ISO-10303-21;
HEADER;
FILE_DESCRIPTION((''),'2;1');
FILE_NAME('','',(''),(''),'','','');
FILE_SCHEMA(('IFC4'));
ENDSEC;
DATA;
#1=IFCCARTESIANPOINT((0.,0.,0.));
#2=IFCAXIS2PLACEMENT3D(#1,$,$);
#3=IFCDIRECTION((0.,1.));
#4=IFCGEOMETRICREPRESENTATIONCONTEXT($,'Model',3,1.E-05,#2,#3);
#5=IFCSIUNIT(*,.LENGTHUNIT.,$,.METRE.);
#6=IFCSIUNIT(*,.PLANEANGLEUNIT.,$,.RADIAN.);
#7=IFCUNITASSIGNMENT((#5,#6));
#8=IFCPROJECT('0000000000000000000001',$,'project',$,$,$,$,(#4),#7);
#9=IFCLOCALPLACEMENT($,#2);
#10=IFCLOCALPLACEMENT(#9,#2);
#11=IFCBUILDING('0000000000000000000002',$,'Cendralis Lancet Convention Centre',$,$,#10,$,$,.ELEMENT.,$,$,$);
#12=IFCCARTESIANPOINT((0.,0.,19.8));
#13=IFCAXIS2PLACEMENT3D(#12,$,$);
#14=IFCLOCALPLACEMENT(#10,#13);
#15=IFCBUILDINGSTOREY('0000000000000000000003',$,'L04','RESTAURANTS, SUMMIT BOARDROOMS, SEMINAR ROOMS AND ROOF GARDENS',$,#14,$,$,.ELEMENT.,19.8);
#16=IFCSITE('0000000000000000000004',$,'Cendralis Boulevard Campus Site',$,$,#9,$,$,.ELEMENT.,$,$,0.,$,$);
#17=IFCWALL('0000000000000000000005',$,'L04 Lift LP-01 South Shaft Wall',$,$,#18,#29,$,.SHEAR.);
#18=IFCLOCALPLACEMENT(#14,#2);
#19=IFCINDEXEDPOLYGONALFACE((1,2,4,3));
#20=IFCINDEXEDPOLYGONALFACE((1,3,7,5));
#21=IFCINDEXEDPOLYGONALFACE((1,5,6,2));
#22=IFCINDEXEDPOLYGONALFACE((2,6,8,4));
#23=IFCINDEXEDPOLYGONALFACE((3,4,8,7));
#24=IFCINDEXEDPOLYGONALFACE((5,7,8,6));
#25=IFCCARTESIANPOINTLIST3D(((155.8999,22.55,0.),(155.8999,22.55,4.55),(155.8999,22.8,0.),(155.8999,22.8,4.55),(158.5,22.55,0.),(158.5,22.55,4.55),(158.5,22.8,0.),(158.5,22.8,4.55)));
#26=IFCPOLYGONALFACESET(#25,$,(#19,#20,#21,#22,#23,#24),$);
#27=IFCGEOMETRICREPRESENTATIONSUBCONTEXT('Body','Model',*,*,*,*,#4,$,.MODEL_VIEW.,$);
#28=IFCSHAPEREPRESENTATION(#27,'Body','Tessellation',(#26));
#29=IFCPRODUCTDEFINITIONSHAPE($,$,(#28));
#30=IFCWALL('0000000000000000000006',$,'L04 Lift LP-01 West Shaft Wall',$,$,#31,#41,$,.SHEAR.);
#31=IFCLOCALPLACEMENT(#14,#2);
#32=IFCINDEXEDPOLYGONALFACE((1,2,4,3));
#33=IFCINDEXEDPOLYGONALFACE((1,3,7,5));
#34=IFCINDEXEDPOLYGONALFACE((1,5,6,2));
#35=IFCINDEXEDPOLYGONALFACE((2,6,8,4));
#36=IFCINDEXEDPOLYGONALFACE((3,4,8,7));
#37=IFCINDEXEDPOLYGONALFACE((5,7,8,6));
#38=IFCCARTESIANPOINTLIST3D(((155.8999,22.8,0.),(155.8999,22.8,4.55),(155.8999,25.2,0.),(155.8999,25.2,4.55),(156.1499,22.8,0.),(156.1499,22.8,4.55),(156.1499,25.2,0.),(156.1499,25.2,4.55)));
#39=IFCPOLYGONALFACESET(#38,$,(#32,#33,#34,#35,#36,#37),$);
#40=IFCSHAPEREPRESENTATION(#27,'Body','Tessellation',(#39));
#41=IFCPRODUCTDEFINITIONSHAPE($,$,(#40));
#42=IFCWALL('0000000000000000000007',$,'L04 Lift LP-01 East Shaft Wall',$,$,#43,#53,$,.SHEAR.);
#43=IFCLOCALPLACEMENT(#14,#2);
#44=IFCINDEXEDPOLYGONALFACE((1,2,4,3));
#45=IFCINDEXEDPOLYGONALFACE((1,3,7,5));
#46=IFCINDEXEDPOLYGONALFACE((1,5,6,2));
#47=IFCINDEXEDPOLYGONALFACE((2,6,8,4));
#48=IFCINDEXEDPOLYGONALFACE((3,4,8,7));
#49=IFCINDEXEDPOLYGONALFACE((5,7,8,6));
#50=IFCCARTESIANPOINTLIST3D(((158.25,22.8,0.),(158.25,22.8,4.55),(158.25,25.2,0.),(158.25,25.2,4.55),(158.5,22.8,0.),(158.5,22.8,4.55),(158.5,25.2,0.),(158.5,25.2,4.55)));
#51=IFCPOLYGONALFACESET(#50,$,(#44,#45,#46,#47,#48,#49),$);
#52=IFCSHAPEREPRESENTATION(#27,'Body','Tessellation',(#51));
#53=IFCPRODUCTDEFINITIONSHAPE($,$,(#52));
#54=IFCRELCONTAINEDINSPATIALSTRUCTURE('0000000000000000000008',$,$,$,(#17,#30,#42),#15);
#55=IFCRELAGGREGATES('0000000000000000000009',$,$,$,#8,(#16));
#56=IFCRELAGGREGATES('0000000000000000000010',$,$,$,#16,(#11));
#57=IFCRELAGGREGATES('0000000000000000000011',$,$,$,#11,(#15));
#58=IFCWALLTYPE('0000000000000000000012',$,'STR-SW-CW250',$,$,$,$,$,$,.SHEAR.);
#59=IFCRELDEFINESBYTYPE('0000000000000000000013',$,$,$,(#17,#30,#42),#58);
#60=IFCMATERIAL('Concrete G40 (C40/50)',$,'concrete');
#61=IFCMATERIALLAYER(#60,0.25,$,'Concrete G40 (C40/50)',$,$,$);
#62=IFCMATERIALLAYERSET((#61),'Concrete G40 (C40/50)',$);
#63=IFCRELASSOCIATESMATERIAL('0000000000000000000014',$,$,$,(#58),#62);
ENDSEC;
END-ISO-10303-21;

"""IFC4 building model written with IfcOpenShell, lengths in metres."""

from ifc_helpers import new_model, si_unit, direction, frame, frame_2d, origin, place, context, subcontext, project, spatial, rectangle, extrude, material, layer, layer_set, type_object, element, save


model = new_model("IFC4")

# Units and contexts
model_context = context("Model", 3, precision=1e-05, world=origin(), true_north=direction((0.0, 1.0)))
body_context = subcontext(model_context, "Body", "Model", "MODEL_VIEW")
ifc_project = project(units=[si_unit("LENGTHUNIT", "METRE"), si_unit("PLANEANGLEUNIT", "RADIAN")], contexts=[model_context])

# Site, building, storey
site_placement = place(None, origin())
site = spatial("IfcSite", under=ifc_project, at=site_placement, Name="Cendralis Boulevard Campus Site", CompositionType="ELEMENT", RefElevation=0.0)
building_placement = place(site_placement, origin())
building = spatial("IfcBuilding", under=site, at=building_placement, Name="Cendralis Lancet Convention Centre", CompositionType="ELEMENT")
storey_placement = place(building_placement, frame((0.0, 0.0, 19.8)))
storey = spatial("IfcBuildingStorey", under=building, at=storey_placement, Name="L04", Description="RESTAURANTS, SUMMIT BOARDROOMS, SEMINAR ROOMS AND ROOF GARDENS", CompositionType="ELEMENT", Elevation=19.8)

# Shared definitions
ifc_material_1 = material(Name="Concrete G40 (C40/50)", Category="concrete")

# Walls
ifc_layer_1 = layer(ifc_material_1, 0.25, Name="Concrete G40 (C40/50)")
ifc_layer_set_1 = layer_set([ifc_layer_1], Name="Concrete G40 (C40/50)")
wall_type_1 = type_object("IfcWallType", Name="STR-SW-CW250", PredefinedType="SHEAR", material=ifc_layer_set_1)
wall_1_placement = place(storey_placement, frame((155.8999, 22.675, 0.0), z_axis=(0.0, 0.0, 1.0), x_axis=(1.0, 0.0, 0.0)))
element("IfcWall", 1, at=wall_1_placement, inside=storey, type_object=wall_type_1, Name="L04 Lift LP-01 South Shaft Wall", PredefinedType="SHEAR", context=body_context, shape_type="SweptSolid", body=[
    extrude(rectangle(XDim=2.6001, YDim=0.25, at=frame_2d((1.3, 0.0))), origin(), (0.0, 0.0, 1.0), 4.55),
])
for number, where, z_axis, x_axis, name in (
    (2, (156.0249, 22.8, 0.0), (0.0, 0.0, 1.0), (0.0, 1.0, 0.0), "L04 Lift LP-01 West Shaft Wall"),
    (3, (158.375, 22.8, 0.0), (0.0, 0.0, 1.0), (0.0, 1.0, 0.0), "L04 Lift LP-01 East Shaft Wall"),
):
    element("IfcWall", number, at=place(storey_placement, frame(where, z_axis=z_axis, x_axis=x_axis)), inside=storey, type_object=wall_type_1, Name=name, PredefinedType="SHEAR", context=body_context, shape_type="SweptSolid", body=[
        extrude(rectangle(XDim=2.3999, YDim=0.25, at=frame_2d((1.2, 0.0))), origin(), (0.0, 0.0, 1.0), 4.55),
    ])

save(model, "model.ifc")
